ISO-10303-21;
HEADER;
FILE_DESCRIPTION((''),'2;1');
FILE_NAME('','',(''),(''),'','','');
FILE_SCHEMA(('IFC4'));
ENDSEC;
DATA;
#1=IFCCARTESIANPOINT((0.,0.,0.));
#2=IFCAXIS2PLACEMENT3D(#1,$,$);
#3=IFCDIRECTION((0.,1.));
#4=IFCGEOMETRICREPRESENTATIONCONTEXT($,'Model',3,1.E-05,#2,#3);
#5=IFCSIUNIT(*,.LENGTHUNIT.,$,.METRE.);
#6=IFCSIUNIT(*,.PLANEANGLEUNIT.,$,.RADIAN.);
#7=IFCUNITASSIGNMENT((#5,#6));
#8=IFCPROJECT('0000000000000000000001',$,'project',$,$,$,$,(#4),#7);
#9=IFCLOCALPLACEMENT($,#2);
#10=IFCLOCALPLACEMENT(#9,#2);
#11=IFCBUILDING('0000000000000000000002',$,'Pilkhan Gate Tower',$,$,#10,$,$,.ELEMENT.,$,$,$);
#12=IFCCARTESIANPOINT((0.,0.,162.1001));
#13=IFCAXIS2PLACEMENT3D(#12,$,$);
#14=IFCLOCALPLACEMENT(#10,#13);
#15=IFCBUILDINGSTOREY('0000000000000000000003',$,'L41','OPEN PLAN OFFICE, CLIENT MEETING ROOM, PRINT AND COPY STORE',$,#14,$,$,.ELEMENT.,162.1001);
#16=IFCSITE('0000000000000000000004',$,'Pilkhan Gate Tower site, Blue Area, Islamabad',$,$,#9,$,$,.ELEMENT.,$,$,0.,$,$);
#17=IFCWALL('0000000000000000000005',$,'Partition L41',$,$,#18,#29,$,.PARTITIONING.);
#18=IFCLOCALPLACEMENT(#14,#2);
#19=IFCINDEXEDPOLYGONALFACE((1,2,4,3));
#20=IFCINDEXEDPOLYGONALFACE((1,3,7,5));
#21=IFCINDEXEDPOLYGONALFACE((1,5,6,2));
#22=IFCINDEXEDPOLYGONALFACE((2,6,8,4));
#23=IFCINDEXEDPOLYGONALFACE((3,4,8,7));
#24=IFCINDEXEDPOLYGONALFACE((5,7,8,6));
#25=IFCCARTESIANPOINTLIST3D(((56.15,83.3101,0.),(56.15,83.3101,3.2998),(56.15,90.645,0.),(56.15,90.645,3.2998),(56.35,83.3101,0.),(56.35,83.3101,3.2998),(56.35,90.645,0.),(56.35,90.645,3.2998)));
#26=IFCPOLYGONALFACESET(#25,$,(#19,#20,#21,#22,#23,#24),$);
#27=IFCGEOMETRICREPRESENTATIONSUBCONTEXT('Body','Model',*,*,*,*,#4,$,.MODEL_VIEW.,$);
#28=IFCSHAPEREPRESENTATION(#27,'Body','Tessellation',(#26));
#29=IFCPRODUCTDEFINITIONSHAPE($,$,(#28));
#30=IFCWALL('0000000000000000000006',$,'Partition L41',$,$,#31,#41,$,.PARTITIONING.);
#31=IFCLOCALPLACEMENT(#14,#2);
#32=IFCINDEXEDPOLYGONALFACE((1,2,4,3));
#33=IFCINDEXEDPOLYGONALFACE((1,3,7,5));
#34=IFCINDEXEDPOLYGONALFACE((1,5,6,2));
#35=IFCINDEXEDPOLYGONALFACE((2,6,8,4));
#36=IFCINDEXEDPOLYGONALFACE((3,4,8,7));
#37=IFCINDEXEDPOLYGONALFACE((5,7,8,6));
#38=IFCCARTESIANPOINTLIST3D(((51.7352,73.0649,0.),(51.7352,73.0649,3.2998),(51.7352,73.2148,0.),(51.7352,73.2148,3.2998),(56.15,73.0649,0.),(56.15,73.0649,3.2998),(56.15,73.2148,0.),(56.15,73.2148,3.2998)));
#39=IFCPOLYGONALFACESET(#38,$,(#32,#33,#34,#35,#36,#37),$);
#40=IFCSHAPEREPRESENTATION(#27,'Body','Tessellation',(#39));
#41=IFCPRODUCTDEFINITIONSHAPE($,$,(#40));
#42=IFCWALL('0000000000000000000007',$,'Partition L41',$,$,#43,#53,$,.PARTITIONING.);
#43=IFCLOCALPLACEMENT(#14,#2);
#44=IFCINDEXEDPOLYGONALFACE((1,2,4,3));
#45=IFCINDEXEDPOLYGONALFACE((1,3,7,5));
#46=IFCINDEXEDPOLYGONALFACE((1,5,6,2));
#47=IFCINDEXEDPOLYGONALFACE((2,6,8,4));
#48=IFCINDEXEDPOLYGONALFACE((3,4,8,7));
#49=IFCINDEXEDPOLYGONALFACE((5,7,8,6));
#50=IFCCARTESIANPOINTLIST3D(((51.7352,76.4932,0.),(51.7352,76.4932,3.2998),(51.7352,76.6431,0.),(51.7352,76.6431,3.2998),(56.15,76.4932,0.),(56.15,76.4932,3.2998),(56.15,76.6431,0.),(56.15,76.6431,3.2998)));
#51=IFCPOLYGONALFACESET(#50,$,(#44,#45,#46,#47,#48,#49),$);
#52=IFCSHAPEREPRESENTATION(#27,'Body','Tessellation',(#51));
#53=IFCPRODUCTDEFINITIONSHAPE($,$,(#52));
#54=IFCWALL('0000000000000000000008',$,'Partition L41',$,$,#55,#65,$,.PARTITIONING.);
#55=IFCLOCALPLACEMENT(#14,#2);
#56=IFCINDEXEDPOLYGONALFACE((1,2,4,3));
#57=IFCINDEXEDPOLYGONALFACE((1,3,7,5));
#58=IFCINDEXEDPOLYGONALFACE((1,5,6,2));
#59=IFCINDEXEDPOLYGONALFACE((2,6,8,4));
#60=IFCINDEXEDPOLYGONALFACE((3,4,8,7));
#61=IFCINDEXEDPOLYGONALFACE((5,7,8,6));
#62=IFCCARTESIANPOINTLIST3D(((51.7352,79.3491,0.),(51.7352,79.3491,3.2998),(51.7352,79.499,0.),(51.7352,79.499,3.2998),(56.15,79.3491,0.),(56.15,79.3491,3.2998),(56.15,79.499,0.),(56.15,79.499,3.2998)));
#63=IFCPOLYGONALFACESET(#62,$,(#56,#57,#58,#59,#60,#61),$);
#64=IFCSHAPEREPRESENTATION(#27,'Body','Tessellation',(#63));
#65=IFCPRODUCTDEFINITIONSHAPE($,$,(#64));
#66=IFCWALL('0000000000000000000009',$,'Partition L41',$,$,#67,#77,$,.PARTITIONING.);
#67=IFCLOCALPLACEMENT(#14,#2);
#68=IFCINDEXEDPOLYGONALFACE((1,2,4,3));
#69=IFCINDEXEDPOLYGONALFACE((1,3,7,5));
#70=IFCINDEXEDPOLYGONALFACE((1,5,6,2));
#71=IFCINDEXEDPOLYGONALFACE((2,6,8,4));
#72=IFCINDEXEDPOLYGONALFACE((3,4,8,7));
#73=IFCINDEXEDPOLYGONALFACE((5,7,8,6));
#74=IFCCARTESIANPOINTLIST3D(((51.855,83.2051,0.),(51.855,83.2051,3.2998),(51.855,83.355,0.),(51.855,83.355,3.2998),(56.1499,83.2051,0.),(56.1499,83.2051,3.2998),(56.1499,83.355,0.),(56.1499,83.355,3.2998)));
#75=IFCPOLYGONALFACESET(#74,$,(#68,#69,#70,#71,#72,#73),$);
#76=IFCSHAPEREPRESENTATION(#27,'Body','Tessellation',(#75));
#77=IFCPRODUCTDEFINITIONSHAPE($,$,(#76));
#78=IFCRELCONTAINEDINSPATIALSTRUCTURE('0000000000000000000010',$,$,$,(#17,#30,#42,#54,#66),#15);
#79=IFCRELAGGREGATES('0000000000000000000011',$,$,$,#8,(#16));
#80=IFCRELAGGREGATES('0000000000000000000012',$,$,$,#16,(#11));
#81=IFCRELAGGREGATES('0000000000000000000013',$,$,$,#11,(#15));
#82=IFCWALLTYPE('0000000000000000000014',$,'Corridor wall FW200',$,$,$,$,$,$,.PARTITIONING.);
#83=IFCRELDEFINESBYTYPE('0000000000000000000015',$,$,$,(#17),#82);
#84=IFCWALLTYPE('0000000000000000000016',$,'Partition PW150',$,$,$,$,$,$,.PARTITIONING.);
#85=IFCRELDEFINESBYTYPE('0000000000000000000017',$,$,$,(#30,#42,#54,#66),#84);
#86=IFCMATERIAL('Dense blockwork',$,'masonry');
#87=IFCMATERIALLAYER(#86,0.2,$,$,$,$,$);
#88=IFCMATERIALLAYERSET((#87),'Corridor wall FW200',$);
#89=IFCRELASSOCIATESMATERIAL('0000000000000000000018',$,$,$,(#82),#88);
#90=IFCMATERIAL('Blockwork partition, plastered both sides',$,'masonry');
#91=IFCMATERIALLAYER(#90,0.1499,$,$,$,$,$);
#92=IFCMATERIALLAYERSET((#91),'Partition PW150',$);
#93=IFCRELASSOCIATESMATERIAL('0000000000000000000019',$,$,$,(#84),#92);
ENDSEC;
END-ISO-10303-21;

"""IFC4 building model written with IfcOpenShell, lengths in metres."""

from ifc_helpers import new_model, si_unit, direction, frame, frame_2d, origin, place, context, subcontext, project, spatial, rectangle, extrude, material, layer, layer_set, type_object, element, save


model = new_model("IFC4")

# Units and contexts
model_context = context("Model", 3, precision=1e-05, world=origin(), true_north=direction((0.0, 1.0)))
body_context = subcontext(model_context, "Body", "Model", "MODEL_VIEW")
ifc_project = project(units=[si_unit("LENGTHUNIT", "METRE"), si_unit("PLANEANGLEUNIT", "RADIAN")], contexts=[model_context])

# Site, building, storey
site_placement = place(None, origin())
site = spatial("IfcSite", under=ifc_project, at=site_placement, Name="Pilkhan Gate Tower site, Blue Area, Islamabad", CompositionType="ELEMENT", RefElevation=0.0)
building_placement = place(site_placement, origin())
building = spatial("IfcBuilding", under=site, at=building_placement, Name="Pilkhan Gate Tower", CompositionType="ELEMENT")
storey_placement = place(building_placement, frame((0.0, 0.0, 162.1001)))
storey = spatial("IfcBuildingStorey", under=building, at=storey_placement, Name="L41", Description="OPEN PLAN OFFICE, CLIENT MEETING ROOM, PRINT AND COPY STORE", CompositionType="ELEMENT", Elevation=162.1001)

# Walls
ifc_material_1 = material(Name="Dense blockwork", Category="masonry")
ifc_layer_1 = layer(ifc_material_1, 0.2)
ifc_layer_set_1 = layer_set([ifc_layer_1], Name="Corridor wall FW200")
wall_type_1 = type_object("IfcWallType", Name="Corridor wall FW200", PredefinedType="PARTITIONING", material=ifc_layer_set_1)
wall_1_placement = place(storey_placement, frame((56.25, 83.3101, 0.0), z_axis=(0.0, 0.0, 1.0), x_axis=(0.0, 1.0, 0.0)))
element("IfcWall", 1, at=wall_1_placement, inside=storey, type_object=wall_type_1, Name="Partition L41", PredefinedType="PARTITIONING", context=body_context, shape_type="SweptSolid", body=[
    extrude(rectangle(XDim=7.335, YDim=0.2, at=frame_2d((3.6675, 0.0))), origin(), (0.0, 0.0, 1.0), 3.2998),
])
ifc_material_2 = material(Name="Blockwork partition, plastered both sides", Category="masonry")
ifc_layer_2 = layer(ifc_material_2, 0.1499)
ifc_layer_set_2 = layer_set([ifc_layer_2], Name="Partition PW150")
wall_type_2 = type_object("IfcWallType", Name="Partition PW150", PredefinedType="PARTITIONING", material=ifc_layer_set_2)
for number, where, z_axis, x_axis, name in (
    (2, (51.7351, 73.1399, 0.0), (0.0, 0.0, 1.0), (1.0, 0.0, 0.0), "Partition L41"),
    (3, (51.7351, 76.5681, 0.0), (0.0, 0.0, 1.0), (1.0, 0.0, 0.0), "Partition L41"),
    (4, (51.7351, 79.4241, 0.0), (0.0, 0.0, 1.0), (1.0, 0.0, 0.0), "Partition L41"),
):
    element("IfcWall", number, at=place(storey_placement, frame(where, z_axis=z_axis, x_axis=x_axis)), inside=storey, type_object=wall_type_2, Name=name, PredefinedType="PARTITIONING", context=body_context, shape_type="SweptSolid", body=[
        extrude(rectangle(XDim=4.4148, YDim=0.1499, at=frame_2d((2.2075, 0.0))), origin(), (0.0, 0.0, 1.0), 3.2998),
    ])
wall_2_placement = place(storey_placement, frame((51.855, 83.28, 0.0), z_axis=(0.0, 0.0, 1.0), x_axis=(1.0, 0.0, 0.0)))
element("IfcWall", 5, at=wall_2_placement, inside=storey, type_object=wall_type_2, Name="Partition L41", PredefinedType="PARTITIONING", context=body_context, shape_type="SweptSolid", body=[
    extrude(rectangle(XDim=4.2949, YDim=0.1499, at=frame_2d((2.1475, 0.0))), origin(), (0.0, 0.0, 1.0), 3.2998),
])

save(model, "model.ifc")
